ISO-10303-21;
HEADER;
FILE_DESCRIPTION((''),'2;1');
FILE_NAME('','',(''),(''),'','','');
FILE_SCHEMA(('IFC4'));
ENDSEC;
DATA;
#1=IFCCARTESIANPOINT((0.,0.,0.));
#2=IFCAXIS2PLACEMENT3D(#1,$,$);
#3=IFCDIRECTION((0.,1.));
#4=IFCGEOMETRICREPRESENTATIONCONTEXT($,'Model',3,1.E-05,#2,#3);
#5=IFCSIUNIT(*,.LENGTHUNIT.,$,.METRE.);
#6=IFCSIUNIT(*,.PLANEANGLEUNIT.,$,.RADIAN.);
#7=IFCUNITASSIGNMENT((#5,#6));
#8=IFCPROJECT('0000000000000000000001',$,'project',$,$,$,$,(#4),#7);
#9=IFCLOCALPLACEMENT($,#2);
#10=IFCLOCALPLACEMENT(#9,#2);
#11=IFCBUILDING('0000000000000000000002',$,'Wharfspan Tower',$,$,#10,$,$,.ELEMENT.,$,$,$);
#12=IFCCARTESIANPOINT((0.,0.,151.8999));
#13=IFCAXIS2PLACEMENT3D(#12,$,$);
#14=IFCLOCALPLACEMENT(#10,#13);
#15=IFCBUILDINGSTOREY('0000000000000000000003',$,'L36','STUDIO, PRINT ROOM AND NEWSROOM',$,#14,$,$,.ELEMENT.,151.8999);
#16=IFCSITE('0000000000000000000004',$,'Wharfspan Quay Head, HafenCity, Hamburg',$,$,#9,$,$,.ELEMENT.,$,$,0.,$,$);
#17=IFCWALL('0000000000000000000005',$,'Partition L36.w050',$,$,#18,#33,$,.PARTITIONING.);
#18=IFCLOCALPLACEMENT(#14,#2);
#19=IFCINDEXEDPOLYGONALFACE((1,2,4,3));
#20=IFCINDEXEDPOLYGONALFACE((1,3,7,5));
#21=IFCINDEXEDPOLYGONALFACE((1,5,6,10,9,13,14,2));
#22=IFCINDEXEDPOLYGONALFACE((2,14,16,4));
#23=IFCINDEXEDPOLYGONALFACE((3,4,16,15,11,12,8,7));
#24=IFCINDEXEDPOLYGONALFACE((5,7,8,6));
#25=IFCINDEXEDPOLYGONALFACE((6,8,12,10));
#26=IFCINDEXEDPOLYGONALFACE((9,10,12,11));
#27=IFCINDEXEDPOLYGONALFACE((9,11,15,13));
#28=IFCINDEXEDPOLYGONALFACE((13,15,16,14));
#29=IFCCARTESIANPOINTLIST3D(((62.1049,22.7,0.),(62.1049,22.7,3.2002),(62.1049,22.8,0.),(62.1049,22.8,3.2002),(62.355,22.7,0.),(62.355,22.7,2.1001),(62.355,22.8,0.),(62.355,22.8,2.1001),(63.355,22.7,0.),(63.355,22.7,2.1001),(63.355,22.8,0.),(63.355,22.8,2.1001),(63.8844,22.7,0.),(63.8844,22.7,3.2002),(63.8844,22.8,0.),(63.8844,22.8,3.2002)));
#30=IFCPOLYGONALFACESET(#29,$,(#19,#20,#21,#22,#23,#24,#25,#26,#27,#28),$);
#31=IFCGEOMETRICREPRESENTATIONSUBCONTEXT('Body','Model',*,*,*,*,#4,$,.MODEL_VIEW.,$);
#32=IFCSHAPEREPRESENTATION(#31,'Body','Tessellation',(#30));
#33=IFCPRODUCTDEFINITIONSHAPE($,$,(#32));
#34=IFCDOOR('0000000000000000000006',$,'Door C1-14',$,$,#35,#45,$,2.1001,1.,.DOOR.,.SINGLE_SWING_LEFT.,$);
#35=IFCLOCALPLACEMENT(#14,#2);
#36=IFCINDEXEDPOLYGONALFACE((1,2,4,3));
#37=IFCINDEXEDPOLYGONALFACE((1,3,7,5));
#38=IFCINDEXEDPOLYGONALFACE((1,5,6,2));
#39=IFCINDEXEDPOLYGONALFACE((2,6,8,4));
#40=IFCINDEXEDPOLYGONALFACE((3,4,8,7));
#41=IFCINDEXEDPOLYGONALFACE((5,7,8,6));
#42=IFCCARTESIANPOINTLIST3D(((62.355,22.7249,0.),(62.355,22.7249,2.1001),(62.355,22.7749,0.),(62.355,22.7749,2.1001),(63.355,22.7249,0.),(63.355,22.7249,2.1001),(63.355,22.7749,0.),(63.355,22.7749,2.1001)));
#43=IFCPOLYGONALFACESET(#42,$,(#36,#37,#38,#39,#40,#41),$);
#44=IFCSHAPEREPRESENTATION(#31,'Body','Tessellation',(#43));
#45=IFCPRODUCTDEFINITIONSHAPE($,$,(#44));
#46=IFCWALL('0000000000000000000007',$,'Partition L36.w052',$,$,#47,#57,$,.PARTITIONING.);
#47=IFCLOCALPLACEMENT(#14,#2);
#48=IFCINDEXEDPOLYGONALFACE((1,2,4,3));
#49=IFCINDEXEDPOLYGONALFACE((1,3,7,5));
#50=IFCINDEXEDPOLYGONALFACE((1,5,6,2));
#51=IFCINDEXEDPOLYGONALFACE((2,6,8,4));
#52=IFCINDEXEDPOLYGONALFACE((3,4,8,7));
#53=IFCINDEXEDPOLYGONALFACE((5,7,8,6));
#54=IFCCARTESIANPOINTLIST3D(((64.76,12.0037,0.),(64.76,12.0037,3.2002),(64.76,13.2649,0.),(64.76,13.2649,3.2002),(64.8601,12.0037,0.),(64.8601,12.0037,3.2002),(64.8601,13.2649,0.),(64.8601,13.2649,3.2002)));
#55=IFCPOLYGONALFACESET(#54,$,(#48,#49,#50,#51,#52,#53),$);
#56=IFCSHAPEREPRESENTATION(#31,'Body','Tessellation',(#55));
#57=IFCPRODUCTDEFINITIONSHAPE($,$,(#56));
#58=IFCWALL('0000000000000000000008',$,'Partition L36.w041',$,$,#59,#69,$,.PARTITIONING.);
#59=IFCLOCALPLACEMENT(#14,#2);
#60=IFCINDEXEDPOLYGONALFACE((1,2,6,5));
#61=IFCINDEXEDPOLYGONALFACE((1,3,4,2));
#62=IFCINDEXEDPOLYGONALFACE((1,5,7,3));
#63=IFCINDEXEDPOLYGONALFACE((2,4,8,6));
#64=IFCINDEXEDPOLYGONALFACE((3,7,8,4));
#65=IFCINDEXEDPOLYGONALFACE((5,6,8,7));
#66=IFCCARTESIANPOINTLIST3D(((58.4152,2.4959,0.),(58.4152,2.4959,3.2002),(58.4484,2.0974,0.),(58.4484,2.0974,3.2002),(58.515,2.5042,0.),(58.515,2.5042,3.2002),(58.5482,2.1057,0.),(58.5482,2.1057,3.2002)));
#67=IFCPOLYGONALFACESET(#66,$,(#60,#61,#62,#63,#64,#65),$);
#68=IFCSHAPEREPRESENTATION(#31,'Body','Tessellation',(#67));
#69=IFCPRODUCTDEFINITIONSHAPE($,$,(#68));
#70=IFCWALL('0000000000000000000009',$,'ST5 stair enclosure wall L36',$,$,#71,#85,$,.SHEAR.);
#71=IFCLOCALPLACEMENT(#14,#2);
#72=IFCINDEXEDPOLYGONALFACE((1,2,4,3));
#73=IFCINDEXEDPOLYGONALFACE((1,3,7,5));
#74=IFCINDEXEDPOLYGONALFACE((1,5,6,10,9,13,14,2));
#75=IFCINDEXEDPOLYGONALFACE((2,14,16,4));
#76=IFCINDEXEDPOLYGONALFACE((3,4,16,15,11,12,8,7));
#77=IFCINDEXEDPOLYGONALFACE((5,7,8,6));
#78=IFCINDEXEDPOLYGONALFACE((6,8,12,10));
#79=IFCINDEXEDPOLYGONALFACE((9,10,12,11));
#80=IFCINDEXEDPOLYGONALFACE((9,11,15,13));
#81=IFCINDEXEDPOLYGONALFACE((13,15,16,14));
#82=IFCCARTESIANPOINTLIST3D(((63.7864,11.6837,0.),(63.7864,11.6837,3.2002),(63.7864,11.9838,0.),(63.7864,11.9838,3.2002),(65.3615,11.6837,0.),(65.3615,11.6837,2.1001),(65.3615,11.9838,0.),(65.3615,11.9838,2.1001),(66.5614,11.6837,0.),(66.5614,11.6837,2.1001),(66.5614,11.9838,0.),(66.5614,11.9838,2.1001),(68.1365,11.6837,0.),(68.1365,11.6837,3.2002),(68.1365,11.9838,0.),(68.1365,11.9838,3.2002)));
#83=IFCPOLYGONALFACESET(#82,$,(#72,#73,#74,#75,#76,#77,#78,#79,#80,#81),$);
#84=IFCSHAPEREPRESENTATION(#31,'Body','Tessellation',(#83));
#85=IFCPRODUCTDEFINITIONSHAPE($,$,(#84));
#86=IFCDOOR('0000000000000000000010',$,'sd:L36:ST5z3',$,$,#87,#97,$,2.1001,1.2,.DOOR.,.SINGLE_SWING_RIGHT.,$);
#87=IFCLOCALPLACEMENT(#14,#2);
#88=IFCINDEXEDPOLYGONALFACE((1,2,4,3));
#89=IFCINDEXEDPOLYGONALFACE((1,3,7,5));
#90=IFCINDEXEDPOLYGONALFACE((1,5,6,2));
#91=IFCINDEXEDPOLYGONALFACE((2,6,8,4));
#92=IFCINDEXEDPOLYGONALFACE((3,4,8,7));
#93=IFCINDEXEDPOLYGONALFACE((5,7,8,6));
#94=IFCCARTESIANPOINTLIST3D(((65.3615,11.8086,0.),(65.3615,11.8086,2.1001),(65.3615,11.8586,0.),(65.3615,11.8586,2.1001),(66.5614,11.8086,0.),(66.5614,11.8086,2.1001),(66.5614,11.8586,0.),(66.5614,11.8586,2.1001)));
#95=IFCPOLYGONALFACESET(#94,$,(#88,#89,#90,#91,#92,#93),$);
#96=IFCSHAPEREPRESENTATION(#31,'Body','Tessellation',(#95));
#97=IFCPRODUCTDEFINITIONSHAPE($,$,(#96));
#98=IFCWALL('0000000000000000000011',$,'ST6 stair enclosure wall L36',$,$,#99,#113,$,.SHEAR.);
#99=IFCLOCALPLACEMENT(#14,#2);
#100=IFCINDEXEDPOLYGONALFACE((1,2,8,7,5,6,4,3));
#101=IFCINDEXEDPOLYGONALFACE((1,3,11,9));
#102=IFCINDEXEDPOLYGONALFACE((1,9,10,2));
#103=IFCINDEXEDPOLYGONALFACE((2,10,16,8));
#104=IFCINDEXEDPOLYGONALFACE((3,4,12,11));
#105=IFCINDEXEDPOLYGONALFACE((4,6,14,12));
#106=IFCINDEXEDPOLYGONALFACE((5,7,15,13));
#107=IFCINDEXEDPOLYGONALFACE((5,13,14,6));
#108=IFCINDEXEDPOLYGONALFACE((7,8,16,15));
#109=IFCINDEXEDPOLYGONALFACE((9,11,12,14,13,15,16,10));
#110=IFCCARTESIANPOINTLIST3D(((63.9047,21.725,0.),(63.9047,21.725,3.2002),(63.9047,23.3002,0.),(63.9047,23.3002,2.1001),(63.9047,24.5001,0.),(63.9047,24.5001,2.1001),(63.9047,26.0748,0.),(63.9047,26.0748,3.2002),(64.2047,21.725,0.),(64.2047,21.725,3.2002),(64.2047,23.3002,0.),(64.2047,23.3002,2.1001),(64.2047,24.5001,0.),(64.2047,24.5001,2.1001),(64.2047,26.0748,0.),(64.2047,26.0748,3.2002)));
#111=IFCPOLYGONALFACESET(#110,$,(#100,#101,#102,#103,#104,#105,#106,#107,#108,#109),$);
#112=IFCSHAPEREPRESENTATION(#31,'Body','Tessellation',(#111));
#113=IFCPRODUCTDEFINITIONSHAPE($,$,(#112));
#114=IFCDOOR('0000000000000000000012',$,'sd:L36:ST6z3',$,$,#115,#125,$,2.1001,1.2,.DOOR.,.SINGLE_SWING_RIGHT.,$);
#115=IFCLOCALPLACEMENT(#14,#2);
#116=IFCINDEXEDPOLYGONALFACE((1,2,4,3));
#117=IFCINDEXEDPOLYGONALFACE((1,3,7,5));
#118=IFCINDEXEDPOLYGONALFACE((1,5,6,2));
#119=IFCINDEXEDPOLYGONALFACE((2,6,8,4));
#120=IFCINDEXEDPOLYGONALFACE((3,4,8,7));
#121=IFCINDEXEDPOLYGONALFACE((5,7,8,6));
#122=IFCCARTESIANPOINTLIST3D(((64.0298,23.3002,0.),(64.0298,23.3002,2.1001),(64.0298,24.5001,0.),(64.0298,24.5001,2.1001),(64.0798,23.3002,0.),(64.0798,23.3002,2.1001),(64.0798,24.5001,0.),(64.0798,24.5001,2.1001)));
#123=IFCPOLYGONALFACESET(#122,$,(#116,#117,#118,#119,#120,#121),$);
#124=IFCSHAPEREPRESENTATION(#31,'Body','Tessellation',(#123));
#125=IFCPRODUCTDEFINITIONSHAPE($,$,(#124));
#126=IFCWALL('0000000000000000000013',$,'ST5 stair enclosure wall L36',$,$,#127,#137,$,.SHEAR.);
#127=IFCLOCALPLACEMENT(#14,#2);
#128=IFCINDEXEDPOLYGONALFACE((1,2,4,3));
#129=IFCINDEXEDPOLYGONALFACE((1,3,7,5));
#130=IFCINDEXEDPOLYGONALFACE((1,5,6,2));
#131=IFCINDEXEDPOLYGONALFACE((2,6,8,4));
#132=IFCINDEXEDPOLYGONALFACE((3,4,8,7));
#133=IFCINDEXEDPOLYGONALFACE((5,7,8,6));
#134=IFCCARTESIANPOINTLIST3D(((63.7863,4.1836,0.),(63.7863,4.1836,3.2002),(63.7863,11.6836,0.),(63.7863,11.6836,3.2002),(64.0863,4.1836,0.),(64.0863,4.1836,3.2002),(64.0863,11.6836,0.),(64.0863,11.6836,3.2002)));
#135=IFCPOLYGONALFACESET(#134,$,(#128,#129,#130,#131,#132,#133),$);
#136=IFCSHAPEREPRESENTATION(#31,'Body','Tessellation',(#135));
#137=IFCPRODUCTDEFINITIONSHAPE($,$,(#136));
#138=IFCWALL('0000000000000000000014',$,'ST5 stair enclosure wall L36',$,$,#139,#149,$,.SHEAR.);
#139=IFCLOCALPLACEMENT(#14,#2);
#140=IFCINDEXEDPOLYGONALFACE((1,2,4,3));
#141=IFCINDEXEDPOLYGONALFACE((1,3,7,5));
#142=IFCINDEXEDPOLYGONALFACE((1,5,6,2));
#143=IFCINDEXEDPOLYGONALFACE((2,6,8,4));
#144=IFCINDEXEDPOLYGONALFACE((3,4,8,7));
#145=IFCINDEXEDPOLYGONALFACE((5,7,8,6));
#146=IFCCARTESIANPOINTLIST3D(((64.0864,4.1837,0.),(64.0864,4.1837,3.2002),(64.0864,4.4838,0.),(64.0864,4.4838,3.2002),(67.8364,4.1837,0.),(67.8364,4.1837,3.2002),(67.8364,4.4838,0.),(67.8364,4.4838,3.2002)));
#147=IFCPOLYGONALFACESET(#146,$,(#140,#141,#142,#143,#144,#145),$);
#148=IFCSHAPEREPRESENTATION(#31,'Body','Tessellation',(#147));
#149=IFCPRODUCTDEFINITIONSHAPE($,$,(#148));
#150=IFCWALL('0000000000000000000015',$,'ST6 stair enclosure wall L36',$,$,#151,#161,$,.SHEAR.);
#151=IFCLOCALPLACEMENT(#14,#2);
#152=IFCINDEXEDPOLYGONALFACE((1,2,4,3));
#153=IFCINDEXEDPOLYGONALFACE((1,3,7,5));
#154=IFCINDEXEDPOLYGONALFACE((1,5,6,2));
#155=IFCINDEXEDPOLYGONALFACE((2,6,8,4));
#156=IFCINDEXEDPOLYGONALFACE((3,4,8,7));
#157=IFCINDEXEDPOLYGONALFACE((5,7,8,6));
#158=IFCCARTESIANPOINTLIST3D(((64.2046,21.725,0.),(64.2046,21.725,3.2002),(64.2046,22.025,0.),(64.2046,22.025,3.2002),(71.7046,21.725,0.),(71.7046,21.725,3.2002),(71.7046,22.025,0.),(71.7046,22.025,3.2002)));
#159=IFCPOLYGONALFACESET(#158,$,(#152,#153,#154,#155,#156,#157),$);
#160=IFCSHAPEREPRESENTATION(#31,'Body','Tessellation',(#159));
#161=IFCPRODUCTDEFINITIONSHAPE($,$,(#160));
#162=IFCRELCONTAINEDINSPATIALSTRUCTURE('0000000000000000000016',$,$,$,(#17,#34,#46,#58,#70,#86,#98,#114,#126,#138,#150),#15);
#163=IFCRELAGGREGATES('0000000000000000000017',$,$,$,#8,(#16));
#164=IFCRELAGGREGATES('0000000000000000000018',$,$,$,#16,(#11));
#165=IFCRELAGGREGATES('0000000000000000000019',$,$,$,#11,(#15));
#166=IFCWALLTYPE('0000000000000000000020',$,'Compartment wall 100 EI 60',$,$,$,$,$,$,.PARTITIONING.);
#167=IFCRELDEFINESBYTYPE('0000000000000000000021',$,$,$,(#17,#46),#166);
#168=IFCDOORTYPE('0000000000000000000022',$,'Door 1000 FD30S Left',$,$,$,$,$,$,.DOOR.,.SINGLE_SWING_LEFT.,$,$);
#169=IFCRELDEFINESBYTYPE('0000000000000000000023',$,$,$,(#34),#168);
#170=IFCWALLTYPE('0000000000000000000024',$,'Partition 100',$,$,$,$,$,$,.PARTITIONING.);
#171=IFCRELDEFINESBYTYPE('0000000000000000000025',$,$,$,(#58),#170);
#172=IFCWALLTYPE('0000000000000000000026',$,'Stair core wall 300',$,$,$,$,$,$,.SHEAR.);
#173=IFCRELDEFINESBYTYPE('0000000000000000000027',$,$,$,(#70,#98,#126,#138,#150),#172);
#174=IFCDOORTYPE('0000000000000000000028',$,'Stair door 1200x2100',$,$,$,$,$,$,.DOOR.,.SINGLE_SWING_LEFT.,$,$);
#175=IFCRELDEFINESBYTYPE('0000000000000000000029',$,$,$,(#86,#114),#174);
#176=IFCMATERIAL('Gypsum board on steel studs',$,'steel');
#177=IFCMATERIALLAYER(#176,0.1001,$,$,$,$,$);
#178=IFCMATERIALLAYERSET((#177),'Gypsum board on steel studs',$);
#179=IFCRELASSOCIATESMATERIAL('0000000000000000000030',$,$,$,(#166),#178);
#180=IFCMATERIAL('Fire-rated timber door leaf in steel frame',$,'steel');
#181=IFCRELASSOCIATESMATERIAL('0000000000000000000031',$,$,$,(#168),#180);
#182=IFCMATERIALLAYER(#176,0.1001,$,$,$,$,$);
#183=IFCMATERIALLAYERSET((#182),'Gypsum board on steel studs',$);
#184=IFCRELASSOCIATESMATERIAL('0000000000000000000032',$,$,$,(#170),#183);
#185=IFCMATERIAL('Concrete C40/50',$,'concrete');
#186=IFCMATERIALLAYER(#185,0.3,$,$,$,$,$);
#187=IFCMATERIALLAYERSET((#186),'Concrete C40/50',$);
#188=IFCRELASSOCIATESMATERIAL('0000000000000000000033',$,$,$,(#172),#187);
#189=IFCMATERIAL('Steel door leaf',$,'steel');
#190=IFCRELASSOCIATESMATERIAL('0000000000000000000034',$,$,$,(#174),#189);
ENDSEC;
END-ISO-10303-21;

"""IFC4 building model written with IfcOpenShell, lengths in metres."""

from ifc_helpers import new_model, si_unit, direction, frame, frame_2d, origin, place, context, subcontext, project, spatial, rectangle, extrude, material, layer, layer_set, type_object, element, fill, save


model = new_model("IFC4")

# Units and contexts
model_context = context("Model", 3, precision=1e-05, world=origin(), true_north=direction((0.0, 1.0)))
body_context = subcontext(model_context, "Body", "Model", "MODEL_VIEW")
ifc_project = project(units=[si_unit("LENGTHUNIT", "METRE"), si_unit("PLANEANGLEUNIT", "RADIAN")], contexts=[model_context])

# Site, building, storey
site_placement = place(None, origin())
site = spatial("IfcSite", under=ifc_project, at=site_placement, Name="Wharfspan Quay Head, HafenCity, Hamburg", CompositionType="ELEMENT", RefElevation=0.0)
building_placement = place(site_placement, origin())
building = spatial("IfcBuilding", under=site, at=building_placement, Name="Wharfspan Tower", CompositionType="ELEMENT")
storey_placement = place(building_placement, frame((0.0, 0.0, 151.8999)))
storey = spatial("IfcBuildingStorey", under=building, at=storey_placement, Name="L36", Description="STUDIO, PRINT ROOM AND NEWSROOM", CompositionType="ELEMENT", Elevation=151.8999)

# Shared definitions
ifc_material_1 = material(Name="Gypsum board on steel studs", Category="steel")
ifc_layer_1 = layer(ifc_material_1, 0.1001)
ifc_layer_set_1 = layer_set([ifc_layer_1], Name="Gypsum board on steel studs")
wall_type_1 = type_object("IfcWallType", Name="Compartment wall 100 EI 60", PredefinedType="PARTITIONING", material=ifc_layer_set_1)

# Wall, opening, door
wall_1_placement = place(storey_placement, frame((62.105, 22.75, 0.0), z_axis=(0.0, 0.0, 1.0), x_axis=(1.0, 0.0, 0.0)))
wall_1 = element("IfcWall", 1, at=wall_1_placement, inside=storey, type_object=wall_type_1, Name="Partition L36.w050", PredefinedType="PARTITIONING", context=body_context, shape_type="SweptSolid", body=[
    extrude(rectangle(XDim=1.7795, YDim=0.1001, at=frame_2d((0.8896, 0.0))), origin(), (0.0, 0.0, 1.0), 3.2002),
])
opening_1_placement = place(wall_1_placement, frame((0.25, 0.0, 0.0)))
opening_1 = element("IfcOpeningElement", 2, at=opening_1_placement, cuts=wall_1, PredefinedType="OPENING", context=body_context, shape_type="SweptSolid", body=[
    extrude(rectangle(XDim=1.0, YDim=2.1001, at=frame_2d((0.5, 1.05))), frame((0.0, 0.0601, 0.0), z_axis=(0.0, -1.0, 0.0), x_axis=(1.0, 0.0, 0.0)), (0.0, 0.0, 1.0), 0.1201),
])
ifc_material_2 = material(Name="Fire-rated timber door leaf in steel frame", Category="steel")
door_type_1 = type_object("IfcDoorType", Name="Door 1000 FD30S Left", OperationType="SINGLE_SWING_LEFT", PredefinedType="DOOR", material=ifc_material_2)
door_1_placement = place(opening_1_placement, origin())
door_1 = element("IfcDoor", 3, at=door_1_placement, inside=storey, type_object=door_type_1, Name="Door C1-14", OperationType="SINGLE_SWING_LEFT", OverallHeight=2.1001, OverallWidth=1.0, PredefinedType="DOOR", context=body_context, shape_type="SweptSolid", body=[
    extrude(rectangle(XDim=1.0, YDim=2.1001, at=frame_2d((0.5, 1.05))), frame((0.0, 0.0249, 0.0), z_axis=(0.0, -1.0, 0.0), x_axis=(1.0, 0.0, 0.0)), (0.0, 0.0, 1.0), 0.05),
])
fill(opening_1, door_1)

# Walls
wall_2_placement = place(storey_placement, frame((64.8101, 12.0037, 0.0), z_axis=(0.0, 0.0, 1.0), x_axis=(0.0, 1.0, 0.0)))
element("IfcWall", 4, at=wall_2_placement, inside=storey, type_object=wall_type_1, Name="Partition L36.w052", PredefinedType="PARTITIONING", context=body_context, shape_type="SweptSolid", body=[
    extrude(rectangle(XDim=1.2612, YDim=0.1001, at=frame_2d((0.6306, 0.0))), origin(), (0.0, 0.0, 1.0), 3.2002),
])
ifc_layer_2 = layer(ifc_material_1, 0.1001)
ifc_layer_set_2 = layer_set([ifc_layer_2], Name="Gypsum board on steel studs")
wall_type_2 = type_object("IfcWallType", Name="Partition 100", PredefinedType="PARTITIONING", material=ifc_layer_set_2)
wall_3_placement = place(storey_placement, frame((58.4983, 2.1016, 0.0), z_axis=(0.0, 0.0, 1.0), x_axis=(-0.083045, 0.996542, 0.0)))
element("IfcWall", 5, at=wall_3_placement, inside=storey, type_object=wall_type_2, Name="Partition L36.w041", PredefinedType="PARTITIONING", context=body_context, shape_type="SweptSolid", body=[
    extrude(rectangle(XDim=0.3999, YDim=0.1001, at=frame_2d((0.2, 0.0))), origin(), (0.0, 0.0, 1.0), 3.2002),
])

# Walls, openings, doors
ifc_material_3 = material(Name="Concrete C40/50", Category="concrete")
ifc_layer_3 = layer(ifc_material_3, 0.3)
ifc_layer_set_3 = layer_set([ifc_layer_3], Name="Concrete C40/50")
wall_type_3 = type_object("IfcWallType", Name="Stair core wall 300", PredefinedType="SHEAR", material=ifc_layer_set_3)
wall_4_placement = place(storey_placement, frame((63.7864, 11.8337, 0.0), z_axis=(0.0, 0.0, 1.0), x_axis=(1.0, 0.0, 0.0)))
wall_4 = element("IfcWall", 6, at=wall_4_placement, inside=storey, type_object=wall_type_3, Name="ST5 stair enclosure wall L36", PredefinedType="SHEAR", context=body_context, shape_type="SweptSolid", body=[
    extrude(rectangle(XDim=4.3501, YDim=0.3, at=frame_2d((2.175, 0.0))), origin(), (0.0, 0.0, 1.0), 3.2002),
])
opening_2_placement = place(wall_4_placement, frame((1.575, 0.0, 0.0)))
opening_2 = element("IfcOpeningElement", 7, at=opening_2_placement, cuts=wall_4, PredefinedType="OPENING", context=body_context, shape_type="SweptSolid", body=[
    extrude(rectangle(XDim=1.2, YDim=2.1001, at=frame_2d((0.6001, 1.05))), frame((0.0, 0.1599, 0.0), z_axis=(0.0, -1.0, 0.0), x_axis=(1.0, 0.0, 0.0)), (0.0, 0.0, 1.0), 0.3201),
])
ifc_material_4 = material(Name="Steel door leaf", Category="steel")
door_type_2 = type_object("IfcDoorType", Name="Stair door 1200x2100", OperationType="SINGLE_SWING_LEFT", PredefinedType="DOOR", material=ifc_material_4)
door_2_placement = place(opening_2_placement, origin())
door_2 = element("IfcDoor", 8, at=door_2_placement, inside=storey, type_object=door_type_2, Name="sd:L36:ST5z3", OperationType="SINGLE_SWING_RIGHT", OverallHeight=2.1001, OverallWidth=1.2, PredefinedType="DOOR", context=body_context, shape_type="SweptSolid", body=[
    extrude(rectangle(XDim=1.2, YDim=2.1001, at=frame_2d((0.6001, 1.05))), frame((0.0, 0.0249, 0.0), z_axis=(0.0, -1.0, 0.0), x_axis=(1.0, 0.0, 0.0)), (0.0, 0.0, 1.0), 0.05),
])
fill(opening_2, door_2)
wall_5_placement = place(storey_placement, frame((64.0547, 21.7251, 0.0), z_axis=(0.0, 0.0, 1.0), x_axis=(0.0, 1.0, 0.0)))
wall_5 = element("IfcWall", 9, at=wall_5_placement, inside=storey, type_object=wall_type_3, Name="ST6 stair enclosure wall L36", PredefinedType="SHEAR", context=body_context, shape_type="SweptSolid", body=[
    extrude(rectangle(XDim=4.3499, YDim=0.3, at=frame_2d((2.1748, 0.0))), origin(), (0.0, 0.0, 1.0), 3.2002),
])
opening_3_placement = place(wall_5_placement, frame((1.575, 0.0, 0.0)))
opening_3 = element("IfcOpeningElement", 10, at=opening_3_placement, cuts=wall_5, PredefinedType="OPENING", context=body_context, shape_type="SweptSolid", body=[
    extrude(rectangle(XDim=1.2, YDim=2.1001, at=frame_2d((0.6001, 1.05))), frame((0.0, 0.1599, 0.0), z_axis=(0.0, -1.0, 0.0), x_axis=(1.0, 0.0, 0.0)), (0.0, 0.0, 1.0), 0.3201),
])
door_3_placement = place(opening_3_placement, origin())
door_3 = element("IfcDoor", 11, at=door_3_placement, inside=storey, type_object=door_type_2, Name="sd:L36:ST6z3", OperationType="SINGLE_SWING_RIGHT", OverallHeight=2.1001, OverallWidth=1.2, PredefinedType="DOOR", context=body_context, shape_type="SweptSolid", body=[
    extrude(rectangle(XDim=1.2, YDim=2.1001, at=frame_2d((0.6001, 1.05))), frame((0.0, 0.0249, 0.0), z_axis=(0.0, -1.0, 0.0), x_axis=(1.0, 0.0, 0.0)), (0.0, 0.0, 1.0), 0.05),
])
fill(opening_3, door_3)

# Walls
wall_6_placement = place(storey_placement, frame((63.9363, 4.1836, 0.0), z_axis=(0.0, 0.0, 1.0), x_axis=(0.0, 1.0, 0.0)))
element("IfcWall", 12, at=wall_6_placement, inside=storey, type_object=wall_type_3, Name="ST5 stair enclosure wall L36", PredefinedType="SHEAR", context=body_context, shape_type="SweptSolid", body=[
    extrude(rectangle(XDim=7.5, YDim=0.3, at=frame_2d((3.75, 0.0))), origin(), (0.0, 0.0, 1.0), 3.2002),
])
wall_7_placement = place(storey_placement, frame((64.0864, 4.3337, 0.0), z_axis=(0.0, 0.0, 1.0), x_axis=(1.0, 0.0, 0.0)))
element("IfcWall", 13, at=wall_7_placement, inside=storey, type_object=wall_type_3, Name="ST5 stair enclosure wall L36", PredefinedType="SHEAR", context=body_context, shape_type="SweptSolid", body=[
    extrude(rectangle(XDim=3.75, YDim=0.3, at=frame_2d((1.875, 0.0))), origin(), (0.0, 0.0, 1.0), 3.2002),
])
wall_8_placement = place(storey_placement, frame((64.2046, 21.875, 0.0), z_axis=(0.0, 0.0, 1.0), x_axis=(1.0, 0.0, 0.0)))
element("IfcWall", 14, at=wall_8_placement, inside=storey, type_object=wall_type_3, Name="ST6 stair enclosure wall L36", PredefinedType="SHEAR", context=body_context, shape_type="SweptSolid", body=[
    extrude(rectangle(XDim=7.5, YDim=0.3, at=frame_2d((3.75, 0.0))), origin(), (0.0, 0.0, 1.0), 3.2002),
])

save(model, "model.ifc")
